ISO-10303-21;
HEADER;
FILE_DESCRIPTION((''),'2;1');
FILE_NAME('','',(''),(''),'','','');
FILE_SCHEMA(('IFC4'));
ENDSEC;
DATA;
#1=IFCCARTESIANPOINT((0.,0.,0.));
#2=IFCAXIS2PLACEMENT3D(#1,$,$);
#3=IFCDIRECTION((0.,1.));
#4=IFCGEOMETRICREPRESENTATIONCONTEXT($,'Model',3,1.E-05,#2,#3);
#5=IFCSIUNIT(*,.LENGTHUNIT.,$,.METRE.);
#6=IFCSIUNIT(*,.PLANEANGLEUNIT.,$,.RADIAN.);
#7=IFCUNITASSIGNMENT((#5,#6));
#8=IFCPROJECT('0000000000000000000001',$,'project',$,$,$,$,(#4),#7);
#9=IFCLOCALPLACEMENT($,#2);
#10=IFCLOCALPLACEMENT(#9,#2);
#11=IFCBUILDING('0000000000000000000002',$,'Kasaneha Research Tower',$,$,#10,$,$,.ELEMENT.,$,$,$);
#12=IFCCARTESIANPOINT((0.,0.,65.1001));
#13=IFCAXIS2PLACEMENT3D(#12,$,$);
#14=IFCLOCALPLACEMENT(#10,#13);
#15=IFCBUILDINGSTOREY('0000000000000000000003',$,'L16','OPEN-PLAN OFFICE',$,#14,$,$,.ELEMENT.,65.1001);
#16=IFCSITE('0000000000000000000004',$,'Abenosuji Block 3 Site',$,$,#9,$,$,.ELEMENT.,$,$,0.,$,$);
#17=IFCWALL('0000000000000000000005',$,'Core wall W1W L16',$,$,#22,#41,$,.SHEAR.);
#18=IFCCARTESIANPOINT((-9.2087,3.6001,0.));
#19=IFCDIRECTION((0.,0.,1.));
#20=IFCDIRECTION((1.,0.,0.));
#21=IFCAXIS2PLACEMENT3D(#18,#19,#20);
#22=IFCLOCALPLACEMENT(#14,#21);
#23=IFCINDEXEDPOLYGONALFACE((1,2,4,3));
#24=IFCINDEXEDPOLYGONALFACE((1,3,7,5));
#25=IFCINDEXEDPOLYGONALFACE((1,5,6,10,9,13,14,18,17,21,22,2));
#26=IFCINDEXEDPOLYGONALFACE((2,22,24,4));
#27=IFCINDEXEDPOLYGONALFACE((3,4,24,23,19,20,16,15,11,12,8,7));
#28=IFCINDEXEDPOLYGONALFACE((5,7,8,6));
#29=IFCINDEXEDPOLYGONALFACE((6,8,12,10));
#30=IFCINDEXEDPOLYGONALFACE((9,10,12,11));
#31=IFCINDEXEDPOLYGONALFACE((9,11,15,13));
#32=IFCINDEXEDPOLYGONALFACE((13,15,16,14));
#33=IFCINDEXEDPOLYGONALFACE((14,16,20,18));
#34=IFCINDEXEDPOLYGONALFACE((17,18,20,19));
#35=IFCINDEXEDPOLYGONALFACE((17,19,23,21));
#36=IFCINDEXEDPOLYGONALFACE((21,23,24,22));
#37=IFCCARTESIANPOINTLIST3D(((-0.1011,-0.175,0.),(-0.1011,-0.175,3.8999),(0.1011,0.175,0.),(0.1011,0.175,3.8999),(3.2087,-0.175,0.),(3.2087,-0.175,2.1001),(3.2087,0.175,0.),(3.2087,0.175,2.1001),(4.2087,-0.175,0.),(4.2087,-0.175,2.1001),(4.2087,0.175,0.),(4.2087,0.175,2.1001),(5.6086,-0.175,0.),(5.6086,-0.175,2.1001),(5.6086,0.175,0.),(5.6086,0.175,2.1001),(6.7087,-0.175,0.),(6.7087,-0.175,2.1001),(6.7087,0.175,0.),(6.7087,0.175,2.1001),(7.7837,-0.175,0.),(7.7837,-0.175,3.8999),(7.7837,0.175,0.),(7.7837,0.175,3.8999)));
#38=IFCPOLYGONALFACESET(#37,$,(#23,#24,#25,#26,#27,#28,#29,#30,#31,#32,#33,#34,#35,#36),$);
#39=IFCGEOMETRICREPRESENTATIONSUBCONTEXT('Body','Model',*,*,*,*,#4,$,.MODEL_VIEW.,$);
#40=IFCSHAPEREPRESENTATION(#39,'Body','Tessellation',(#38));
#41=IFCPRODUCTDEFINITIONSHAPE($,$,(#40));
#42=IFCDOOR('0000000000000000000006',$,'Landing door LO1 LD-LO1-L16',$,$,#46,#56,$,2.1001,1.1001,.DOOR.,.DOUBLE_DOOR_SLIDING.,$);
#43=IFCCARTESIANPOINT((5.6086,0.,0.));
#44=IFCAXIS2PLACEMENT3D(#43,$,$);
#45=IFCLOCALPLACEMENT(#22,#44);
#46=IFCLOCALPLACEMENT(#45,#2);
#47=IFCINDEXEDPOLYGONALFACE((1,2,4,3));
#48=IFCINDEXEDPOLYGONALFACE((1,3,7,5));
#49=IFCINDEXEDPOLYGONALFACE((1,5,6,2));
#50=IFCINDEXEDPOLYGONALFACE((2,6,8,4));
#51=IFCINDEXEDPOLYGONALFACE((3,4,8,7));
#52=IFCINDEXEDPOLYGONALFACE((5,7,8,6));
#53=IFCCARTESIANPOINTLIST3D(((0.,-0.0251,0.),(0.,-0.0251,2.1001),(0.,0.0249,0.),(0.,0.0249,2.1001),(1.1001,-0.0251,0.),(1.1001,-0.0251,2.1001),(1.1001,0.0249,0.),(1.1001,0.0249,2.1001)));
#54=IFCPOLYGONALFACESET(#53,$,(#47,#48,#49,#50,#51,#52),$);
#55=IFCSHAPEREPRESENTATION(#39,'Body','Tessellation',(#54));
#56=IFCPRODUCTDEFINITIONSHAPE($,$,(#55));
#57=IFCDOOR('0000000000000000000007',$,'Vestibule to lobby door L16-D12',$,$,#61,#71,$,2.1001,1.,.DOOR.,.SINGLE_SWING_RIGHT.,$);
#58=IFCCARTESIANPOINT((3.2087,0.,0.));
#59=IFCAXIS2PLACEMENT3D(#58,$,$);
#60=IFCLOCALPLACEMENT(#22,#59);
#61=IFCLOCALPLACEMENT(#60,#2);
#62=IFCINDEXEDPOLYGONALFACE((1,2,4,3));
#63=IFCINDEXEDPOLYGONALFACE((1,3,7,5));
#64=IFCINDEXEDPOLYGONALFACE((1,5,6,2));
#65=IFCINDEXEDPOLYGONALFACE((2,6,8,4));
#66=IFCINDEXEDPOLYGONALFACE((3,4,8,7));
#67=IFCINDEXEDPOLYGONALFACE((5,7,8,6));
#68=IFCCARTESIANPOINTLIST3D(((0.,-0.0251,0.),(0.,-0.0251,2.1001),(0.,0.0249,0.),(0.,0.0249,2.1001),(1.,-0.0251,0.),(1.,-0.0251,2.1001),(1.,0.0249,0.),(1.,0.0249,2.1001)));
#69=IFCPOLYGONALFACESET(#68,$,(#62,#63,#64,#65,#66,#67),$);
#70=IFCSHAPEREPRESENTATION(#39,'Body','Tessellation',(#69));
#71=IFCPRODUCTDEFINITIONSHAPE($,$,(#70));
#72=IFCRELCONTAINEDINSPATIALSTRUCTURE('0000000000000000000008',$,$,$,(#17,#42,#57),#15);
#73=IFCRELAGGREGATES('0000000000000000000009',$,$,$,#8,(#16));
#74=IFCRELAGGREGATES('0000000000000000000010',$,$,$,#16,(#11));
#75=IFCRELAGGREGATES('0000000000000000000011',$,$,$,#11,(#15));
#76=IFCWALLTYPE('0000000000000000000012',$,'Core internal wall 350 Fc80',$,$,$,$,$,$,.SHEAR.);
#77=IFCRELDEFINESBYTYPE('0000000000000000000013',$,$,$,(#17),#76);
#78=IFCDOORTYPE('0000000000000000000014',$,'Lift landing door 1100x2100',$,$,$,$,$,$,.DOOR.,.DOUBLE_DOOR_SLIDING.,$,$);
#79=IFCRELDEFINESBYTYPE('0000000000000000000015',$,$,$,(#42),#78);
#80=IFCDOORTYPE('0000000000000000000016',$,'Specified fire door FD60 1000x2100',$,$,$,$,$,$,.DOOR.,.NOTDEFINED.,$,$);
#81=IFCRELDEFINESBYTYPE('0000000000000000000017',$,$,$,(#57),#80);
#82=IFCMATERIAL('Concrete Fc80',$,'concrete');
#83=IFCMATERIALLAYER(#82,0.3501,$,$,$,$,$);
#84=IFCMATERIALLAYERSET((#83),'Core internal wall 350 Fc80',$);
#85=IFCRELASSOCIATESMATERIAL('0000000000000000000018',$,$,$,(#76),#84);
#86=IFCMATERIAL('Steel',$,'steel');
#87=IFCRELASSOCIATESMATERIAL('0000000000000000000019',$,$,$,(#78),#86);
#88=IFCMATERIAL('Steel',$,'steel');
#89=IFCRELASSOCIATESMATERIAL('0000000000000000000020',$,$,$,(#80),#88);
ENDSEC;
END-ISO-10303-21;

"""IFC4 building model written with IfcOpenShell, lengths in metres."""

from ifc_helpers import new_model, si_unit, direction, frame, frame_2d, origin, place, context, subcontext, project, spatial, polyline, rectangle, outline, extrude, material, layer, layer_set, type_object, element, fill, save


model = new_model("IFC4")

# Units and contexts
model_context = context("Model", 3, precision=1e-05, world=origin(), true_north=direction((0.0, 1.0)))
body_context = subcontext(model_context, "Body", "Model", "MODEL_VIEW")
ifc_project = project(units=[si_unit("LENGTHUNIT", "METRE"), si_unit("PLANEANGLEUNIT", "RADIAN")], contexts=[model_context])

# Site, building, storey
site_placement = place(None, origin())
site = spatial("IfcSite", under=ifc_project, at=site_placement, Name="Abenosuji Block 3 Site", CompositionType="ELEMENT", RefElevation=0.0)
building_placement = place(site_placement, origin())
building = spatial("IfcBuilding", under=site, at=building_placement, Name="Kasaneha Research Tower", CompositionType="ELEMENT")
storey_placement = place(building_placement, frame((0.0, 0.0, 65.1001)))
storey = spatial("IfcBuildingStorey", under=building, at=storey_placement, Name="L16", Description="OPEN-PLAN OFFICE", CompositionType="ELEMENT", Elevation=65.1001)

# Wall, openings, doors
ifc_material_1 = material(Name="Concrete Fc80", Category="concrete")
ifc_layer_1 = layer(ifc_material_1, 0.3501)
ifc_layer_set_1 = layer_set([ifc_layer_1], Name="Core internal wall 350 Fc80")
wall_type_1 = type_object("IfcWallType", Name="Core internal wall 350 Fc80", PredefinedType="SHEAR", material=ifc_layer_set_1)
wall_1_placement = place(storey_placement, frame((-9.2087, 3.6001, 0.0), z_axis=(0.0, 0.0, 1.0), x_axis=(1.0, 0.0, 0.0)))
wall_1 = element("IfcWall", 1, at=wall_1_placement, inside=storey, type_object=wall_type_1, Name="Core wall W1W L16", PredefinedType="SHEAR", context=body_context, shape_type="SweptSolid", body=[
    extrude(outline(polyline([(-0.1011, -0.175), (3.2087, -0.175), (4.2087, -0.175), (5.6086, -0.175), (6.7087, -0.175), (7.7837, -0.175), (7.7837, 0.175), (6.7087, 0.175), (5.6086, 0.175), (4.2087, 0.175), (3.2087, 0.175), (0.1011, 0.175), (-0.1011, -0.175)])), origin(), (0.0, 0.0, 1.0), 3.8999),
])
opening_1_placement = place(wall_1_placement, frame((3.2087, 0.0, 0.0)))
opening_1 = element("IfcOpeningElement", 2, at=opening_1_placement, cuts=wall_1, PredefinedType="OPENING", context=body_context, shape_type="SweptSolid", body=[
    extrude(rectangle(XDim=1.0, YDim=2.1001, at=frame_2d((0.5, 1.05))), frame((0.0, 0.1851, 0.0), z_axis=(0.0, -1.0, 0.0), x_axis=(1.0, 0.0, 0.0)), (0.0, 0.0, 1.0), 0.3701),
])
opening_2_placement = place(wall_1_placement, frame((5.6086, 0.0, 0.0)))
opening_2 = element("IfcOpeningElement", 3, at=opening_2_placement, cuts=wall_1, PredefinedType="OPENING", context=body_context, shape_type="SweptSolid", body=[
    extrude(rectangle(XDim=1.1001, YDim=2.1001, at=frame_2d((0.55, 1.05))), frame((0.0, 0.1851, 0.0), z_axis=(0.0, -1.0, 0.0), x_axis=(1.0, 0.0, 0.0)), (0.0, 0.0, 1.0), 0.3701),
])
ifc_material_2 = material(Name="Steel", Category="steel")
door_type_1 = type_object("IfcDoorType", Name="Lift landing door 1100x2100", OperationType="DOUBLE_DOOR_SLIDING", PredefinedType="DOOR", material=ifc_material_2)
door_1_placement = place(opening_2_placement, origin())
door_1 = element("IfcDoor", 4, at=door_1_placement, inside=storey, type_object=door_type_1, Name="Landing door LO1 LD-LO1-L16", OperationType="DOUBLE_DOOR_SLIDING", OverallHeight=2.1001, OverallWidth=1.1001, PredefinedType="DOOR", context=body_context, shape_type="SweptSolid", body=[
    extrude(rectangle(XDim=1.1001, YDim=2.1001, at=frame_2d((0.55, 1.05))), frame((0.0, 0.0249, 0.0), z_axis=(0.0, -1.0, 0.0), x_axis=(1.0, 0.0, 0.0)), (0.0, 0.0, 1.0), 0.05),
])
fill(opening_2, door_1)
ifc_material_3 = material(Name="Steel", Category="steel")
door_type_2 = type_object("IfcDoorType", Name="Specified fire door FD60 1000x2100", OperationType="NOTDEFINED", PredefinedType="DOOR", material=ifc_material_3)
door_2_placement = place(opening_1_placement, origin())
door_2 = element("IfcDoor", 5, at=door_2_placement, inside=storey, type_object=door_type_2, Name="Vestibule to lobby door L16-D12", OperationType="SINGLE_SWING_RIGHT", OverallHeight=2.1001, OverallWidth=1.0, PredefinedType="DOOR", context=body_context, shape_type="SweptSolid", body=[
    extrude(rectangle(XDim=1.0, YDim=2.1001, at=frame_2d((0.5, 1.05))), frame((0.0, 0.0249, 0.0), z_axis=(0.0, -1.0, 0.0), x_axis=(1.0, 0.0, 0.0)), (0.0, 0.0, 1.0), 0.05),
])
fill(opening_1, door_2)

save(model, "model.ifc")
